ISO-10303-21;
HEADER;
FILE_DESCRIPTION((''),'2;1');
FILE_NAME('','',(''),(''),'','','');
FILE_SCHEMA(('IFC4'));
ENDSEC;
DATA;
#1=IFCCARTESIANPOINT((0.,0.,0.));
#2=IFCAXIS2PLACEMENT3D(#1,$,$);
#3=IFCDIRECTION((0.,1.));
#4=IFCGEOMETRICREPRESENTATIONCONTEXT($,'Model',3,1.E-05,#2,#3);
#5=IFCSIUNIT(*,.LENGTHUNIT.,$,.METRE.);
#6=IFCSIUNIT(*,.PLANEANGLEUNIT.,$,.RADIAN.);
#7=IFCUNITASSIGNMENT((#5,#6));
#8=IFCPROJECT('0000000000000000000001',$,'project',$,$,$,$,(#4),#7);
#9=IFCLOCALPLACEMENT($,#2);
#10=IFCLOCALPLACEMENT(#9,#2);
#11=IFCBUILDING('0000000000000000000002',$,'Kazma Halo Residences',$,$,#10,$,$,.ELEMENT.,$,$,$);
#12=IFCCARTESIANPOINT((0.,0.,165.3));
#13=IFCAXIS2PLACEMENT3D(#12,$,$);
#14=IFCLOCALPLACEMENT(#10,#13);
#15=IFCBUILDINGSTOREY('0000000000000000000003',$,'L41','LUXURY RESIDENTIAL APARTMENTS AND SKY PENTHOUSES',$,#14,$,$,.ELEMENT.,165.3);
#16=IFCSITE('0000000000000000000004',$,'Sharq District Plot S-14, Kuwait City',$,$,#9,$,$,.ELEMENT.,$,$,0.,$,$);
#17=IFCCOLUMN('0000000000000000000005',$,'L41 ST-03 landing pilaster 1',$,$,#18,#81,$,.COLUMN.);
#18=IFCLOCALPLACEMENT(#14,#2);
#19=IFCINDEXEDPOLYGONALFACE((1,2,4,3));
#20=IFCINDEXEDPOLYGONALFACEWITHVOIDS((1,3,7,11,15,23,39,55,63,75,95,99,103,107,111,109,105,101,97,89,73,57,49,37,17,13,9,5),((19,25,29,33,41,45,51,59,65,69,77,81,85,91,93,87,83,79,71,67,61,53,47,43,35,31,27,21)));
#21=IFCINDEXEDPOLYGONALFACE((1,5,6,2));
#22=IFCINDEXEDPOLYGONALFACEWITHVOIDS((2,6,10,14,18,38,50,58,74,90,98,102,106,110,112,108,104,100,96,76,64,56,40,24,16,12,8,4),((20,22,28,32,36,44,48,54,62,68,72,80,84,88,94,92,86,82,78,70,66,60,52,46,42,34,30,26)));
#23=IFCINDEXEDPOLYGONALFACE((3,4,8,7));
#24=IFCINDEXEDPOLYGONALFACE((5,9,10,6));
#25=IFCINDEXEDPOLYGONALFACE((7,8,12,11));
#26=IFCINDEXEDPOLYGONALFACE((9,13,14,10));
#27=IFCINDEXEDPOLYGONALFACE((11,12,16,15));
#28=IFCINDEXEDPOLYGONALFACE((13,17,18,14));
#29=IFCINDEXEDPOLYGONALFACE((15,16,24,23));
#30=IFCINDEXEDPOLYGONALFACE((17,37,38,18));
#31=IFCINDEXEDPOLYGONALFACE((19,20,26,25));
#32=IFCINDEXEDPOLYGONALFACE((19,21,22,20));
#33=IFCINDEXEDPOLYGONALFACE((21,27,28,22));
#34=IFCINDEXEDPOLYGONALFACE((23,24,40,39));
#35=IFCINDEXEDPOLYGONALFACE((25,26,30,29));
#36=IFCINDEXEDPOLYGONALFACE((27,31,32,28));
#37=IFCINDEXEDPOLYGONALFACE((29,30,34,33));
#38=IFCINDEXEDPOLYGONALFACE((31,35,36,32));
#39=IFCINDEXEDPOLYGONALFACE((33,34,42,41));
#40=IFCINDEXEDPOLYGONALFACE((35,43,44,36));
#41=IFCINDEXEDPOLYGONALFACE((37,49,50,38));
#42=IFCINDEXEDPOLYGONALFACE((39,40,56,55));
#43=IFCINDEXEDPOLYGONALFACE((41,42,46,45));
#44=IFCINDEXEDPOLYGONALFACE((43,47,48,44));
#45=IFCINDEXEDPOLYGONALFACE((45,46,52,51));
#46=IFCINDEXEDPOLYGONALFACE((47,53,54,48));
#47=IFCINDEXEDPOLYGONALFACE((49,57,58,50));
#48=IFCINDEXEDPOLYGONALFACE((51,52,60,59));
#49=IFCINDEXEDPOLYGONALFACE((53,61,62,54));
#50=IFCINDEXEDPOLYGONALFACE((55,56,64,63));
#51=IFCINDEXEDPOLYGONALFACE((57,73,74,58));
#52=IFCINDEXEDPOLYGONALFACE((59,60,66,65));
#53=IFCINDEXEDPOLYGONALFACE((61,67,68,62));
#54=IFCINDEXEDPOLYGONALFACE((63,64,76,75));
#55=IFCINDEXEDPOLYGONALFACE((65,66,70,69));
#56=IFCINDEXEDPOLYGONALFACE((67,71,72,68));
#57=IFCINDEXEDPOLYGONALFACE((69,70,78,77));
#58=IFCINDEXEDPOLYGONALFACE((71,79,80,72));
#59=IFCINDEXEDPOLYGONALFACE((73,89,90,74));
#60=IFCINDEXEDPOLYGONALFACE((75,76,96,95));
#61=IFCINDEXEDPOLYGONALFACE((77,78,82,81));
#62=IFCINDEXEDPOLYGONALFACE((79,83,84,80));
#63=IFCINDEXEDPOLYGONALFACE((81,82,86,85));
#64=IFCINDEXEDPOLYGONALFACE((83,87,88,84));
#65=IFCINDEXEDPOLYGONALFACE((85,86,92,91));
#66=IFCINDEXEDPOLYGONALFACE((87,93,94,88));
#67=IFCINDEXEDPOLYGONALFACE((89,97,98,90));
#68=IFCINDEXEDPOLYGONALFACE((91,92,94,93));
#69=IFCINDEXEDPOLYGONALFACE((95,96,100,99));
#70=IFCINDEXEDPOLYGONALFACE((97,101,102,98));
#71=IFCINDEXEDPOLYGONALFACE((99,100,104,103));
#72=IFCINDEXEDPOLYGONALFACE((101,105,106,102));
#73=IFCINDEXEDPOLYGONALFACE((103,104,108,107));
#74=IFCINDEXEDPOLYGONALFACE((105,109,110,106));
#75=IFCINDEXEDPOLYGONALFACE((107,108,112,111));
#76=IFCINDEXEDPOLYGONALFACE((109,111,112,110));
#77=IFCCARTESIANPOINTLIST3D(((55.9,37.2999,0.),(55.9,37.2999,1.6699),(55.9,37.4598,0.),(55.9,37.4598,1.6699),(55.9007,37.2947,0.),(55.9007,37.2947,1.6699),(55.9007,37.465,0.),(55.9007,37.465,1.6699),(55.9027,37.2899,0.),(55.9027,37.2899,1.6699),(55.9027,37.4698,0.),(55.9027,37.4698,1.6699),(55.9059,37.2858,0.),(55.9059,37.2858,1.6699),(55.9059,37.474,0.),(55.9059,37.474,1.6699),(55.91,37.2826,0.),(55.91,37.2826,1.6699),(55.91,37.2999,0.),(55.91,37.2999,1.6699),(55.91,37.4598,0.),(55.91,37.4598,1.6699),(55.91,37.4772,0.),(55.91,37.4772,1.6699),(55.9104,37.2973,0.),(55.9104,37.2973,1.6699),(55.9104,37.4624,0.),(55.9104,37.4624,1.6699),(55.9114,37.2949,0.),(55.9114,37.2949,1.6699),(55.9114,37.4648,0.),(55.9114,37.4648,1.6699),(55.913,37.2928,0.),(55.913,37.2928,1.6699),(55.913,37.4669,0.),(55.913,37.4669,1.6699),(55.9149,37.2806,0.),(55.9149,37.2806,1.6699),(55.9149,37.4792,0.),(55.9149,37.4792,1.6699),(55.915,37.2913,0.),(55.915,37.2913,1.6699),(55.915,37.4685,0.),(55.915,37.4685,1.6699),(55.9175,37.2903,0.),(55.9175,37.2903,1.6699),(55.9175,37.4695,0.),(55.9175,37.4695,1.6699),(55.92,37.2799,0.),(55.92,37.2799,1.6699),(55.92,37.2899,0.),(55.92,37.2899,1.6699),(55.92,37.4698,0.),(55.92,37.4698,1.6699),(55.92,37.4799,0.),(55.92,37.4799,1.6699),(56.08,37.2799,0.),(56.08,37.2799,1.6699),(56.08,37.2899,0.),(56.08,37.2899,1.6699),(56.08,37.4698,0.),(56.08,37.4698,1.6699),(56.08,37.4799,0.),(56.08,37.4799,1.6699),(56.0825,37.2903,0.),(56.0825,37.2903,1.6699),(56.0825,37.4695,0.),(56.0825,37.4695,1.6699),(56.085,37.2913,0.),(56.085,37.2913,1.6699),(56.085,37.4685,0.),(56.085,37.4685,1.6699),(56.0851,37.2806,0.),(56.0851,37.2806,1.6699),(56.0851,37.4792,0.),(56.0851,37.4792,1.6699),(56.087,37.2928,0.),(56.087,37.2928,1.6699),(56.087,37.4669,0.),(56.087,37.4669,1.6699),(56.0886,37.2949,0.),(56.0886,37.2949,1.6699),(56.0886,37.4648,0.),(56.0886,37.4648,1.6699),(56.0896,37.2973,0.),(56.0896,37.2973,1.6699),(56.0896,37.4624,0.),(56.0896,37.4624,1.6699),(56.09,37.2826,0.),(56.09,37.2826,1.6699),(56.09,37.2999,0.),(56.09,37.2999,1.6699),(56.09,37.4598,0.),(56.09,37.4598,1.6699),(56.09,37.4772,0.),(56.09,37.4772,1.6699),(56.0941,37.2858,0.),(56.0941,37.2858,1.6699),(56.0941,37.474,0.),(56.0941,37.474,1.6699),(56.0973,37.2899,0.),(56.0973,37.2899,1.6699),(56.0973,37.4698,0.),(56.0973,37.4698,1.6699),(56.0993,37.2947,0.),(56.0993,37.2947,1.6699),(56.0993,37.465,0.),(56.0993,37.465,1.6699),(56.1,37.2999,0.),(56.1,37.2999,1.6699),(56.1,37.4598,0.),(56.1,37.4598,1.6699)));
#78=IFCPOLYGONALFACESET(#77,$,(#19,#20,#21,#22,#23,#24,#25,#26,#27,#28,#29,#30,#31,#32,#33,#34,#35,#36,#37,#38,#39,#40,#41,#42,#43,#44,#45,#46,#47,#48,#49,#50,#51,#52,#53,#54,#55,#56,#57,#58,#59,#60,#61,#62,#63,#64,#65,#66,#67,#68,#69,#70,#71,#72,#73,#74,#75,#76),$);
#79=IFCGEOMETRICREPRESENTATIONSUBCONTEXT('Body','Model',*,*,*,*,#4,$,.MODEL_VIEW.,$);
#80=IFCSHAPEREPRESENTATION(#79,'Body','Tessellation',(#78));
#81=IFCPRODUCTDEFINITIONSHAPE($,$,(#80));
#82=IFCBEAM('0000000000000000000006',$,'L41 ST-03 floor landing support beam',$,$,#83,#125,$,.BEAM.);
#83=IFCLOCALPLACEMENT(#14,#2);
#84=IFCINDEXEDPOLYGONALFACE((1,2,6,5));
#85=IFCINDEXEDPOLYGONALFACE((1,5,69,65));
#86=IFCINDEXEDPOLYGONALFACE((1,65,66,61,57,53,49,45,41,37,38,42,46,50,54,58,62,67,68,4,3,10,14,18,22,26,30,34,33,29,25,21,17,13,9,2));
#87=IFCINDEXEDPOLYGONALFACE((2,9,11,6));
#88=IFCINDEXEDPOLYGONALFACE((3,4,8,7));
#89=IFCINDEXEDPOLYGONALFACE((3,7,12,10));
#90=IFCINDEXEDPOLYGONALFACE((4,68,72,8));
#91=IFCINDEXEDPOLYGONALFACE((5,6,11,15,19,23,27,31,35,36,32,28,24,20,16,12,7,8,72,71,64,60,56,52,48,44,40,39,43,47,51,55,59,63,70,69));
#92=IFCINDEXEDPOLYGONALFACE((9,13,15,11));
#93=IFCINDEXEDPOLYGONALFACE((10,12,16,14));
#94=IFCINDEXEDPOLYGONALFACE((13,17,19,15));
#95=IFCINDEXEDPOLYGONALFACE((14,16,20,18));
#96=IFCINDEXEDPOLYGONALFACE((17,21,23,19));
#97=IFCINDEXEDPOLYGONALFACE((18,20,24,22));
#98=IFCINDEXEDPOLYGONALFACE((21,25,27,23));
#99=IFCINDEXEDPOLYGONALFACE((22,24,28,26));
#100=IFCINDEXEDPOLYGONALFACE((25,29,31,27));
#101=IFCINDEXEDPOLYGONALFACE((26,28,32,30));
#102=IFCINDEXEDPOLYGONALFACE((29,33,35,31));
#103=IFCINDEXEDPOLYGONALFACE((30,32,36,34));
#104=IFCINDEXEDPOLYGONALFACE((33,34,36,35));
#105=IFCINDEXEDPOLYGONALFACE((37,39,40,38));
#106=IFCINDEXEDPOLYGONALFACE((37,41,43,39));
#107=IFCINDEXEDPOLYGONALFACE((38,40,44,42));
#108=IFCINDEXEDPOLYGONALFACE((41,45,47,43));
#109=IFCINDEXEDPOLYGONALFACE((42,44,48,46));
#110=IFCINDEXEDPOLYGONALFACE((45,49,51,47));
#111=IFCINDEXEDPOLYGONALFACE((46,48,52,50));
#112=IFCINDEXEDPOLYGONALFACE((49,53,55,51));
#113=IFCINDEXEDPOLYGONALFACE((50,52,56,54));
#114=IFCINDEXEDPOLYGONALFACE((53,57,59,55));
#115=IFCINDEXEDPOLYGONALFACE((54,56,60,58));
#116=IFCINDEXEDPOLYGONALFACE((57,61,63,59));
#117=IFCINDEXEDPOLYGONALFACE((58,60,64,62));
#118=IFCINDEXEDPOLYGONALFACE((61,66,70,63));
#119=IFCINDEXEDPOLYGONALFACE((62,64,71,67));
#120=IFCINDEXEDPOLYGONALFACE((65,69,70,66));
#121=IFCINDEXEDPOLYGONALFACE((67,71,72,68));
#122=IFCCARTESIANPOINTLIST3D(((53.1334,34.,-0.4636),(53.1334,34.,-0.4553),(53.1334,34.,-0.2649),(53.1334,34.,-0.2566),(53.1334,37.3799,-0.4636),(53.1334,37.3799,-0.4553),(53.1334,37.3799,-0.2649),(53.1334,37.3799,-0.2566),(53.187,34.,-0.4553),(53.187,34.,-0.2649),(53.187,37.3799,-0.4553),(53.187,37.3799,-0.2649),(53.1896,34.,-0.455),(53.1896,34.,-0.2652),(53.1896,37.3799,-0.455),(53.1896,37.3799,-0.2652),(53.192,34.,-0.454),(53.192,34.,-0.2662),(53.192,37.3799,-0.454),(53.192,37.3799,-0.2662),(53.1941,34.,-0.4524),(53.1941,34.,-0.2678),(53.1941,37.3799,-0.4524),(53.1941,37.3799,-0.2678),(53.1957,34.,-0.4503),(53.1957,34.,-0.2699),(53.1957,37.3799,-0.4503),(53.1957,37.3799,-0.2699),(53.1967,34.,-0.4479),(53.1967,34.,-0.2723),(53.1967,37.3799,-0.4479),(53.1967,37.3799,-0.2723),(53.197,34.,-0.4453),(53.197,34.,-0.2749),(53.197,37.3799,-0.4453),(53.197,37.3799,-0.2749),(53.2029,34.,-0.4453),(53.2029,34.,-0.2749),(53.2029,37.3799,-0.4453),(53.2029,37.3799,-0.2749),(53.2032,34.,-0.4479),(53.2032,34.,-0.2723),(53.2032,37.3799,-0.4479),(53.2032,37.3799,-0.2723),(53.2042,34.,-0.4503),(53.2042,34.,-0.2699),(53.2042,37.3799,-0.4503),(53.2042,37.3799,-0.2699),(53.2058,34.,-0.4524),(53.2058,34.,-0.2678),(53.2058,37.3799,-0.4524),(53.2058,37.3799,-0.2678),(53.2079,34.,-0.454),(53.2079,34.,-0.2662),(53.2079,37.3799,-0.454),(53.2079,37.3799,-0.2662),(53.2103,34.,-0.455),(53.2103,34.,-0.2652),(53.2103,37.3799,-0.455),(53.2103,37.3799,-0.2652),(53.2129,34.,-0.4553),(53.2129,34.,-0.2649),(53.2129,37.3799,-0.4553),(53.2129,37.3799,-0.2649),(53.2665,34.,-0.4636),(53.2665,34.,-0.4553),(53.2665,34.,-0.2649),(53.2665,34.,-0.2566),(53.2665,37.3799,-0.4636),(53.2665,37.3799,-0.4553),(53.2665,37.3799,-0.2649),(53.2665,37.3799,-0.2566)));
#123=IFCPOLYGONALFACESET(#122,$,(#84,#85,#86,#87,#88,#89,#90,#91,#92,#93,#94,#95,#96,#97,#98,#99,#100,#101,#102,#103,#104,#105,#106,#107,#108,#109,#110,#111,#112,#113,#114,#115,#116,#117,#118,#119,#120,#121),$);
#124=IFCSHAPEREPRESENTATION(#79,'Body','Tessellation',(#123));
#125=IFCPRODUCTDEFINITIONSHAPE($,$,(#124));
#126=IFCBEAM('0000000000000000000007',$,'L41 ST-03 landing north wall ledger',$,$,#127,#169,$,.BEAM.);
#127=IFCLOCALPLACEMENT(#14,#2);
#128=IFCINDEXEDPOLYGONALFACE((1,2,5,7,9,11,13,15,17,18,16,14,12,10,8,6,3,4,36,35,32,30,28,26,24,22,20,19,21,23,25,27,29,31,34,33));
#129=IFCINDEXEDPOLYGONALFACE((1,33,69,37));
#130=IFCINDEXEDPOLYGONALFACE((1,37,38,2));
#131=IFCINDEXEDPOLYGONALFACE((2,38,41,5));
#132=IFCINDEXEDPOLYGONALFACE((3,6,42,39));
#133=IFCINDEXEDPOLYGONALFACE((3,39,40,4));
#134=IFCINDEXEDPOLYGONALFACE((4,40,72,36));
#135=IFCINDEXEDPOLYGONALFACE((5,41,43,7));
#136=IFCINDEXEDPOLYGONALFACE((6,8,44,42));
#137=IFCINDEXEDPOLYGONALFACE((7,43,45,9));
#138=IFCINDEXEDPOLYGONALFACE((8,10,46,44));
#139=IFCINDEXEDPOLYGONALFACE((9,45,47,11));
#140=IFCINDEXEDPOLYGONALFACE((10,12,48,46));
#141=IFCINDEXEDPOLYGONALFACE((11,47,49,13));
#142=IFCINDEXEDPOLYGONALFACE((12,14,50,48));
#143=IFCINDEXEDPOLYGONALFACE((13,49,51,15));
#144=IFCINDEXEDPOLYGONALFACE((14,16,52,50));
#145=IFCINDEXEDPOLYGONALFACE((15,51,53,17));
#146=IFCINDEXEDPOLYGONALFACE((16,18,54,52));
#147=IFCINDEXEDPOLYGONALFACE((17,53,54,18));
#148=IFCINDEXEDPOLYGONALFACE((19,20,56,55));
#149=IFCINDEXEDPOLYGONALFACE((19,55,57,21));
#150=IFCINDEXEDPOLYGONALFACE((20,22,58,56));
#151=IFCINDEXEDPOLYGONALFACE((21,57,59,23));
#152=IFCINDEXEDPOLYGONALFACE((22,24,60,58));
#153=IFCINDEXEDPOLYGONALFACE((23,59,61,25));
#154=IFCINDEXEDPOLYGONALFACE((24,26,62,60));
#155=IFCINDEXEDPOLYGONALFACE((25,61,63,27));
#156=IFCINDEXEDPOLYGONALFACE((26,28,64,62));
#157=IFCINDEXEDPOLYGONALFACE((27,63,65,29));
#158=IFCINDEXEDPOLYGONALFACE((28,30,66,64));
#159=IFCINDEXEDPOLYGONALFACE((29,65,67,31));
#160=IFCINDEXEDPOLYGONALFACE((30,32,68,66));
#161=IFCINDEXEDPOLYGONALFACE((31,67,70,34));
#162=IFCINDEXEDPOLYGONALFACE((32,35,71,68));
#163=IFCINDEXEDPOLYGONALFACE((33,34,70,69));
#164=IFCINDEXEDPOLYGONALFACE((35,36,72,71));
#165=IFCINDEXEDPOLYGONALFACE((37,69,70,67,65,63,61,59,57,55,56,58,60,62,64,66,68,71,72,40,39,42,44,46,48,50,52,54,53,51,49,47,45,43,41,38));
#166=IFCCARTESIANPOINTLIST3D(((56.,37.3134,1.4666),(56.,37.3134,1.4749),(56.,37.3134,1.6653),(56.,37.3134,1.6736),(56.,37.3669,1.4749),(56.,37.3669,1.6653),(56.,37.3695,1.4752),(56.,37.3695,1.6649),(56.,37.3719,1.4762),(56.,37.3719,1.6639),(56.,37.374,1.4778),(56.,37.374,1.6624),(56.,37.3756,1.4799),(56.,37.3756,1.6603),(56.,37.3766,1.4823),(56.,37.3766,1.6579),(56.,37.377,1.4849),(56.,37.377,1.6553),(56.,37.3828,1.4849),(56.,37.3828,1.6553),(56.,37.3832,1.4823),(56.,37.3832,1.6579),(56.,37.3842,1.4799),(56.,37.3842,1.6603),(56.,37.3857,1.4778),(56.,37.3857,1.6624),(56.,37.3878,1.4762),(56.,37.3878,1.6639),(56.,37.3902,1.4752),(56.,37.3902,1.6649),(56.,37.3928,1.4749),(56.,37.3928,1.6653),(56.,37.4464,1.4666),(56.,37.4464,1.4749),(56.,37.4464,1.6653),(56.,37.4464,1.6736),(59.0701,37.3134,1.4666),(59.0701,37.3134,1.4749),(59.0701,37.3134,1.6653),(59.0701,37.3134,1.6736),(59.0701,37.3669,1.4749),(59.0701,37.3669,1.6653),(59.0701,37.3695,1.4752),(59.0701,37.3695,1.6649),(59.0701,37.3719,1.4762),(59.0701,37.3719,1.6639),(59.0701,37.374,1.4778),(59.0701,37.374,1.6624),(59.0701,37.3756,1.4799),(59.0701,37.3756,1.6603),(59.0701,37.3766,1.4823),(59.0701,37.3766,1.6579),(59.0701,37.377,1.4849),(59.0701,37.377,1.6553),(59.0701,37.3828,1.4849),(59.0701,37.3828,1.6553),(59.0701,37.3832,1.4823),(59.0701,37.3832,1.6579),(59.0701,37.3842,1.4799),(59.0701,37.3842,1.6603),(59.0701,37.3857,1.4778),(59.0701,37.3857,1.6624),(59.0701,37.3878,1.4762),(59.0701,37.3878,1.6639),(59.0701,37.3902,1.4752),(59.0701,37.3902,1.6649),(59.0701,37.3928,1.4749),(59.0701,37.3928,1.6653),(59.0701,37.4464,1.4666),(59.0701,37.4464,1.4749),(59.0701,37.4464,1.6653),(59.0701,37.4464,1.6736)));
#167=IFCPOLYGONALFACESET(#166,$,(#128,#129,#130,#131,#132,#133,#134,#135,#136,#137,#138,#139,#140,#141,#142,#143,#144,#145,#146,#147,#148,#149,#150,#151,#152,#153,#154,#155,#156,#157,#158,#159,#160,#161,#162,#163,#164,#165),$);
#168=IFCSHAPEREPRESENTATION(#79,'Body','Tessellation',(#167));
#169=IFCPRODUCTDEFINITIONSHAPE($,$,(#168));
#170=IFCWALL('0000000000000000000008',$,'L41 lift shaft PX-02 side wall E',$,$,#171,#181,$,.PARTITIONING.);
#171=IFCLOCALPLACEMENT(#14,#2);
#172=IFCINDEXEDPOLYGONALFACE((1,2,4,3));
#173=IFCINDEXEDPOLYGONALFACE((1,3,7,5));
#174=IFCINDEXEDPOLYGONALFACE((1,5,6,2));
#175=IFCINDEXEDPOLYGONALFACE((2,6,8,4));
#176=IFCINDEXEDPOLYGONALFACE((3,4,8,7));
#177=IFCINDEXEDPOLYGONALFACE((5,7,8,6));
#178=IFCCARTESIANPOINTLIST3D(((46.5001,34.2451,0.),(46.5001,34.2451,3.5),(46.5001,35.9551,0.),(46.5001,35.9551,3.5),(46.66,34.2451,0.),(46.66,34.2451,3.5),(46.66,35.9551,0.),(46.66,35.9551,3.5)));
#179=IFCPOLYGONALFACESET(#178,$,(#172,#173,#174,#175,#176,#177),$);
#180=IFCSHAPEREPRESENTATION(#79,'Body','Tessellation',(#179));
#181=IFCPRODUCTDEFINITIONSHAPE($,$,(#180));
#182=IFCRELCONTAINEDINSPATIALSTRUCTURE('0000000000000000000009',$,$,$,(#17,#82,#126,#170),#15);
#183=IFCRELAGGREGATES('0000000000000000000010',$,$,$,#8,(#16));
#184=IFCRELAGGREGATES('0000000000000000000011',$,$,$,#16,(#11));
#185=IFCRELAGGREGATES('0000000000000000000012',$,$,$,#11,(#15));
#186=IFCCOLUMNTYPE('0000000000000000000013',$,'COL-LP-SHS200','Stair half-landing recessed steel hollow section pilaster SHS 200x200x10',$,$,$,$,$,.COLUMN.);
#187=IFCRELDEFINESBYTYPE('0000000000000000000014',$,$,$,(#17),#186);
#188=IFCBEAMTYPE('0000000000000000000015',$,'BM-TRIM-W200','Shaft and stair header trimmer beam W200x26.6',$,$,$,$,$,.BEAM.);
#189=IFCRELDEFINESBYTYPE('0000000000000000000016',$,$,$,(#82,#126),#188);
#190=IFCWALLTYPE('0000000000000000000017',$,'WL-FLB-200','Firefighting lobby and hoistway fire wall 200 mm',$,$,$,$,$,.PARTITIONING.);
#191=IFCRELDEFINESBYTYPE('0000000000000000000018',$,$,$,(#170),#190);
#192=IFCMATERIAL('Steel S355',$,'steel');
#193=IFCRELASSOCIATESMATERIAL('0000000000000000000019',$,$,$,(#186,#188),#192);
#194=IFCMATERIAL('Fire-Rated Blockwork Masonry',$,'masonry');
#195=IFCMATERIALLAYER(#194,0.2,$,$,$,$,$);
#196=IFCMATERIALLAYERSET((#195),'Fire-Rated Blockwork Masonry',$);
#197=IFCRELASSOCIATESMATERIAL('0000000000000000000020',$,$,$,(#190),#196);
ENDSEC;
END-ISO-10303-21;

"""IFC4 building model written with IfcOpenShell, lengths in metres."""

from ifc_helpers import new_model, si_unit, direction, frame, frame_2d, origin, origin_2d, place, context, subcontext, project, spatial, rectangle, hollow_rectangle, i_section, extrude, material, layer, layer_set, material_profile, profile_set, type_object, element, save


model = new_model("IFC4")

# Units and contexts
model_context = context("Model", 3, precision=1e-05, world=origin(), true_north=direction((0.0, 1.0)))
body_context = subcontext(model_context, "Body", "Model", "MODEL_VIEW")
ifc_project = project(units=[si_unit("LENGTHUNIT", "METRE"), si_unit("PLANEANGLEUNIT", "RADIAN")], contexts=[model_context])

# Site, building, storey
site_placement = place(None, origin())
site = spatial("IfcSite", under=ifc_project, at=site_placement, Name="Sharq District Plot S-14, Kuwait City", CompositionType="ELEMENT", RefElevation=0.0)
building_placement = place(site_placement, origin())
building = spatial("IfcBuilding", under=site, at=building_placement, Name="Kazma Halo Residences", CompositionType="ELEMENT")
storey_placement = place(building_placement, frame((0.0, 0.0, 165.3)))
storey = spatial("IfcBuildingStorey", under=building, at=storey_placement, Name="L41", Description="LUXURY RESIDENTIAL APARTMENTS AND SKY PENTHOUSES", CompositionType="ELEMENT", Elevation=165.3)

# Column
ifc_material_1 = material(Name="Steel S355", Category="steel")
ifc_material_profile_1 = material_profile(ifc_material_1, hollow_rectangle(XDim=0.2, YDim=0.2, WallThickness=0.01, InnerFilletRadius=0.01, OuterFilletRadius=0.02, at=origin_2d()), Name="SHS200x200x10")
ifc_profile_set_1 = profile_set([ifc_material_profile_1], Name="Steel S355")
column_type = type_object("IfcColumnType", Name="COL-LP-SHS200", Description="Stair half-landing recessed steel hollow section pilaster SHS 200x200x10", PredefinedType="COLUMN", material=ifc_profile_set_1)
column_placement = place(storey_placement, frame((56.0, 37.3799, 0.0), z_axis=(0.0, 0.0, 1.0), x_axis=(1.0, 0.0, 0.0)))
element("IfcColumn", 1, at=column_placement, inside=storey, type_object=column_type, Name="L41 ST-03 landing pilaster 1", PredefinedType="COLUMN", context=body_context, shape_type="SweptSolid", body=[
    extrude(hollow_rectangle(XDim=0.2, YDim=0.2, WallThickness=0.01, InnerFilletRadius=0.01, OuterFilletRadius=0.02, at=origin_2d()), origin(), (0.0, 0.0, 1.0), 1.6699),
])

# Beams
ifc_material_profile_2 = material_profile(ifc_material_1, i_section(OverallWidth=0.1331, OverallDepth=0.207, WebThickness=0.0059, FlangeThickness=0.0083, FilletRadius=0.01, at=origin_2d()), Name="W200x26.6")
ifc_profile_set_2 = profile_set([ifc_material_profile_2], Name="Steel S355")
beam_type = type_object("IfcBeamType", Name="BM-TRIM-W200", Description="Shaft and stair header trimmer beam W200x26.6", PredefinedType="BEAM", material=ifc_profile_set_2)
beam_1_placement = place(storey_placement, frame((53.2, 34.0, -0.3601), z_axis=(0.0, 1.0, 0.0), x_axis=(-1.0, 0.0, 0.0)))
element("IfcBeam", 2, at=beam_1_placement, inside=storey, type_object=beam_type, Name="L41 ST-03 floor landing support beam", PredefinedType="BEAM", context=body_context, shape_type="SweptSolid", body=[
    extrude(i_section(OverallWidth=0.1331, OverallDepth=0.207, WebThickness=0.0059, FlangeThickness=0.0083, FilletRadius=0.01, at=origin_2d()), origin(), (0.0, 0.0, 1.0), 3.3799),
])
beam_2_placement = place(storey_placement, frame((56.0, 37.3799, 1.5701), z_axis=(1.0, 0.0, 0.0), x_axis=(0.0, 1.0, 0.0)))
element("IfcBeam", 3, at=beam_2_placement, inside=storey, type_object=beam_type, Name="L41 ST-03 landing north wall ledger", PredefinedType="BEAM", context=body_context, shape_type="SweptSolid", body=[
    extrude(i_section(OverallWidth=0.1331, OverallDepth=0.207, WebThickness=0.0059, FlangeThickness=0.0083, FilletRadius=0.01, at=origin_2d()), origin(), (0.0, 0.0, 1.0), 3.0701),
])

# Wall
ifc_material_2 = material(Name="Fire-Rated Blockwork Masonry", Category="masonry")
ifc_layer_1 = layer(ifc_material_2, 0.2)
ifc_layer_set_1 = layer_set([ifc_layer_1], Name="Fire-Rated Blockwork Masonry")
wall_type_1 = type_object("IfcWallType", Name="WL-FLB-200", Description="Firefighting lobby and hoistway fire wall 200 mm", PredefinedType="PARTITIONING", material=ifc_layer_set_1)
wall_1_placement = place(storey_placement, frame((46.5801, 34.2451, 0.0), z_axis=(0.0, 0.0, 1.0), x_axis=(0.0, 1.0, 0.0)))
element("IfcWall", 4, at=wall_1_placement, inside=storey, type_object=wall_type_1, Name="L41 lift shaft PX-02 side wall E", PredefinedType="PARTITIONING", context=body_context, shape_type="SweptSolid", body=[
    extrude(rectangle(XDim=1.71, YDim=0.1599, at=frame_2d((0.855, 0.0))), origin(), (0.0, 0.0, 1.0), 3.5),
])

save(model, "model.ifc")
